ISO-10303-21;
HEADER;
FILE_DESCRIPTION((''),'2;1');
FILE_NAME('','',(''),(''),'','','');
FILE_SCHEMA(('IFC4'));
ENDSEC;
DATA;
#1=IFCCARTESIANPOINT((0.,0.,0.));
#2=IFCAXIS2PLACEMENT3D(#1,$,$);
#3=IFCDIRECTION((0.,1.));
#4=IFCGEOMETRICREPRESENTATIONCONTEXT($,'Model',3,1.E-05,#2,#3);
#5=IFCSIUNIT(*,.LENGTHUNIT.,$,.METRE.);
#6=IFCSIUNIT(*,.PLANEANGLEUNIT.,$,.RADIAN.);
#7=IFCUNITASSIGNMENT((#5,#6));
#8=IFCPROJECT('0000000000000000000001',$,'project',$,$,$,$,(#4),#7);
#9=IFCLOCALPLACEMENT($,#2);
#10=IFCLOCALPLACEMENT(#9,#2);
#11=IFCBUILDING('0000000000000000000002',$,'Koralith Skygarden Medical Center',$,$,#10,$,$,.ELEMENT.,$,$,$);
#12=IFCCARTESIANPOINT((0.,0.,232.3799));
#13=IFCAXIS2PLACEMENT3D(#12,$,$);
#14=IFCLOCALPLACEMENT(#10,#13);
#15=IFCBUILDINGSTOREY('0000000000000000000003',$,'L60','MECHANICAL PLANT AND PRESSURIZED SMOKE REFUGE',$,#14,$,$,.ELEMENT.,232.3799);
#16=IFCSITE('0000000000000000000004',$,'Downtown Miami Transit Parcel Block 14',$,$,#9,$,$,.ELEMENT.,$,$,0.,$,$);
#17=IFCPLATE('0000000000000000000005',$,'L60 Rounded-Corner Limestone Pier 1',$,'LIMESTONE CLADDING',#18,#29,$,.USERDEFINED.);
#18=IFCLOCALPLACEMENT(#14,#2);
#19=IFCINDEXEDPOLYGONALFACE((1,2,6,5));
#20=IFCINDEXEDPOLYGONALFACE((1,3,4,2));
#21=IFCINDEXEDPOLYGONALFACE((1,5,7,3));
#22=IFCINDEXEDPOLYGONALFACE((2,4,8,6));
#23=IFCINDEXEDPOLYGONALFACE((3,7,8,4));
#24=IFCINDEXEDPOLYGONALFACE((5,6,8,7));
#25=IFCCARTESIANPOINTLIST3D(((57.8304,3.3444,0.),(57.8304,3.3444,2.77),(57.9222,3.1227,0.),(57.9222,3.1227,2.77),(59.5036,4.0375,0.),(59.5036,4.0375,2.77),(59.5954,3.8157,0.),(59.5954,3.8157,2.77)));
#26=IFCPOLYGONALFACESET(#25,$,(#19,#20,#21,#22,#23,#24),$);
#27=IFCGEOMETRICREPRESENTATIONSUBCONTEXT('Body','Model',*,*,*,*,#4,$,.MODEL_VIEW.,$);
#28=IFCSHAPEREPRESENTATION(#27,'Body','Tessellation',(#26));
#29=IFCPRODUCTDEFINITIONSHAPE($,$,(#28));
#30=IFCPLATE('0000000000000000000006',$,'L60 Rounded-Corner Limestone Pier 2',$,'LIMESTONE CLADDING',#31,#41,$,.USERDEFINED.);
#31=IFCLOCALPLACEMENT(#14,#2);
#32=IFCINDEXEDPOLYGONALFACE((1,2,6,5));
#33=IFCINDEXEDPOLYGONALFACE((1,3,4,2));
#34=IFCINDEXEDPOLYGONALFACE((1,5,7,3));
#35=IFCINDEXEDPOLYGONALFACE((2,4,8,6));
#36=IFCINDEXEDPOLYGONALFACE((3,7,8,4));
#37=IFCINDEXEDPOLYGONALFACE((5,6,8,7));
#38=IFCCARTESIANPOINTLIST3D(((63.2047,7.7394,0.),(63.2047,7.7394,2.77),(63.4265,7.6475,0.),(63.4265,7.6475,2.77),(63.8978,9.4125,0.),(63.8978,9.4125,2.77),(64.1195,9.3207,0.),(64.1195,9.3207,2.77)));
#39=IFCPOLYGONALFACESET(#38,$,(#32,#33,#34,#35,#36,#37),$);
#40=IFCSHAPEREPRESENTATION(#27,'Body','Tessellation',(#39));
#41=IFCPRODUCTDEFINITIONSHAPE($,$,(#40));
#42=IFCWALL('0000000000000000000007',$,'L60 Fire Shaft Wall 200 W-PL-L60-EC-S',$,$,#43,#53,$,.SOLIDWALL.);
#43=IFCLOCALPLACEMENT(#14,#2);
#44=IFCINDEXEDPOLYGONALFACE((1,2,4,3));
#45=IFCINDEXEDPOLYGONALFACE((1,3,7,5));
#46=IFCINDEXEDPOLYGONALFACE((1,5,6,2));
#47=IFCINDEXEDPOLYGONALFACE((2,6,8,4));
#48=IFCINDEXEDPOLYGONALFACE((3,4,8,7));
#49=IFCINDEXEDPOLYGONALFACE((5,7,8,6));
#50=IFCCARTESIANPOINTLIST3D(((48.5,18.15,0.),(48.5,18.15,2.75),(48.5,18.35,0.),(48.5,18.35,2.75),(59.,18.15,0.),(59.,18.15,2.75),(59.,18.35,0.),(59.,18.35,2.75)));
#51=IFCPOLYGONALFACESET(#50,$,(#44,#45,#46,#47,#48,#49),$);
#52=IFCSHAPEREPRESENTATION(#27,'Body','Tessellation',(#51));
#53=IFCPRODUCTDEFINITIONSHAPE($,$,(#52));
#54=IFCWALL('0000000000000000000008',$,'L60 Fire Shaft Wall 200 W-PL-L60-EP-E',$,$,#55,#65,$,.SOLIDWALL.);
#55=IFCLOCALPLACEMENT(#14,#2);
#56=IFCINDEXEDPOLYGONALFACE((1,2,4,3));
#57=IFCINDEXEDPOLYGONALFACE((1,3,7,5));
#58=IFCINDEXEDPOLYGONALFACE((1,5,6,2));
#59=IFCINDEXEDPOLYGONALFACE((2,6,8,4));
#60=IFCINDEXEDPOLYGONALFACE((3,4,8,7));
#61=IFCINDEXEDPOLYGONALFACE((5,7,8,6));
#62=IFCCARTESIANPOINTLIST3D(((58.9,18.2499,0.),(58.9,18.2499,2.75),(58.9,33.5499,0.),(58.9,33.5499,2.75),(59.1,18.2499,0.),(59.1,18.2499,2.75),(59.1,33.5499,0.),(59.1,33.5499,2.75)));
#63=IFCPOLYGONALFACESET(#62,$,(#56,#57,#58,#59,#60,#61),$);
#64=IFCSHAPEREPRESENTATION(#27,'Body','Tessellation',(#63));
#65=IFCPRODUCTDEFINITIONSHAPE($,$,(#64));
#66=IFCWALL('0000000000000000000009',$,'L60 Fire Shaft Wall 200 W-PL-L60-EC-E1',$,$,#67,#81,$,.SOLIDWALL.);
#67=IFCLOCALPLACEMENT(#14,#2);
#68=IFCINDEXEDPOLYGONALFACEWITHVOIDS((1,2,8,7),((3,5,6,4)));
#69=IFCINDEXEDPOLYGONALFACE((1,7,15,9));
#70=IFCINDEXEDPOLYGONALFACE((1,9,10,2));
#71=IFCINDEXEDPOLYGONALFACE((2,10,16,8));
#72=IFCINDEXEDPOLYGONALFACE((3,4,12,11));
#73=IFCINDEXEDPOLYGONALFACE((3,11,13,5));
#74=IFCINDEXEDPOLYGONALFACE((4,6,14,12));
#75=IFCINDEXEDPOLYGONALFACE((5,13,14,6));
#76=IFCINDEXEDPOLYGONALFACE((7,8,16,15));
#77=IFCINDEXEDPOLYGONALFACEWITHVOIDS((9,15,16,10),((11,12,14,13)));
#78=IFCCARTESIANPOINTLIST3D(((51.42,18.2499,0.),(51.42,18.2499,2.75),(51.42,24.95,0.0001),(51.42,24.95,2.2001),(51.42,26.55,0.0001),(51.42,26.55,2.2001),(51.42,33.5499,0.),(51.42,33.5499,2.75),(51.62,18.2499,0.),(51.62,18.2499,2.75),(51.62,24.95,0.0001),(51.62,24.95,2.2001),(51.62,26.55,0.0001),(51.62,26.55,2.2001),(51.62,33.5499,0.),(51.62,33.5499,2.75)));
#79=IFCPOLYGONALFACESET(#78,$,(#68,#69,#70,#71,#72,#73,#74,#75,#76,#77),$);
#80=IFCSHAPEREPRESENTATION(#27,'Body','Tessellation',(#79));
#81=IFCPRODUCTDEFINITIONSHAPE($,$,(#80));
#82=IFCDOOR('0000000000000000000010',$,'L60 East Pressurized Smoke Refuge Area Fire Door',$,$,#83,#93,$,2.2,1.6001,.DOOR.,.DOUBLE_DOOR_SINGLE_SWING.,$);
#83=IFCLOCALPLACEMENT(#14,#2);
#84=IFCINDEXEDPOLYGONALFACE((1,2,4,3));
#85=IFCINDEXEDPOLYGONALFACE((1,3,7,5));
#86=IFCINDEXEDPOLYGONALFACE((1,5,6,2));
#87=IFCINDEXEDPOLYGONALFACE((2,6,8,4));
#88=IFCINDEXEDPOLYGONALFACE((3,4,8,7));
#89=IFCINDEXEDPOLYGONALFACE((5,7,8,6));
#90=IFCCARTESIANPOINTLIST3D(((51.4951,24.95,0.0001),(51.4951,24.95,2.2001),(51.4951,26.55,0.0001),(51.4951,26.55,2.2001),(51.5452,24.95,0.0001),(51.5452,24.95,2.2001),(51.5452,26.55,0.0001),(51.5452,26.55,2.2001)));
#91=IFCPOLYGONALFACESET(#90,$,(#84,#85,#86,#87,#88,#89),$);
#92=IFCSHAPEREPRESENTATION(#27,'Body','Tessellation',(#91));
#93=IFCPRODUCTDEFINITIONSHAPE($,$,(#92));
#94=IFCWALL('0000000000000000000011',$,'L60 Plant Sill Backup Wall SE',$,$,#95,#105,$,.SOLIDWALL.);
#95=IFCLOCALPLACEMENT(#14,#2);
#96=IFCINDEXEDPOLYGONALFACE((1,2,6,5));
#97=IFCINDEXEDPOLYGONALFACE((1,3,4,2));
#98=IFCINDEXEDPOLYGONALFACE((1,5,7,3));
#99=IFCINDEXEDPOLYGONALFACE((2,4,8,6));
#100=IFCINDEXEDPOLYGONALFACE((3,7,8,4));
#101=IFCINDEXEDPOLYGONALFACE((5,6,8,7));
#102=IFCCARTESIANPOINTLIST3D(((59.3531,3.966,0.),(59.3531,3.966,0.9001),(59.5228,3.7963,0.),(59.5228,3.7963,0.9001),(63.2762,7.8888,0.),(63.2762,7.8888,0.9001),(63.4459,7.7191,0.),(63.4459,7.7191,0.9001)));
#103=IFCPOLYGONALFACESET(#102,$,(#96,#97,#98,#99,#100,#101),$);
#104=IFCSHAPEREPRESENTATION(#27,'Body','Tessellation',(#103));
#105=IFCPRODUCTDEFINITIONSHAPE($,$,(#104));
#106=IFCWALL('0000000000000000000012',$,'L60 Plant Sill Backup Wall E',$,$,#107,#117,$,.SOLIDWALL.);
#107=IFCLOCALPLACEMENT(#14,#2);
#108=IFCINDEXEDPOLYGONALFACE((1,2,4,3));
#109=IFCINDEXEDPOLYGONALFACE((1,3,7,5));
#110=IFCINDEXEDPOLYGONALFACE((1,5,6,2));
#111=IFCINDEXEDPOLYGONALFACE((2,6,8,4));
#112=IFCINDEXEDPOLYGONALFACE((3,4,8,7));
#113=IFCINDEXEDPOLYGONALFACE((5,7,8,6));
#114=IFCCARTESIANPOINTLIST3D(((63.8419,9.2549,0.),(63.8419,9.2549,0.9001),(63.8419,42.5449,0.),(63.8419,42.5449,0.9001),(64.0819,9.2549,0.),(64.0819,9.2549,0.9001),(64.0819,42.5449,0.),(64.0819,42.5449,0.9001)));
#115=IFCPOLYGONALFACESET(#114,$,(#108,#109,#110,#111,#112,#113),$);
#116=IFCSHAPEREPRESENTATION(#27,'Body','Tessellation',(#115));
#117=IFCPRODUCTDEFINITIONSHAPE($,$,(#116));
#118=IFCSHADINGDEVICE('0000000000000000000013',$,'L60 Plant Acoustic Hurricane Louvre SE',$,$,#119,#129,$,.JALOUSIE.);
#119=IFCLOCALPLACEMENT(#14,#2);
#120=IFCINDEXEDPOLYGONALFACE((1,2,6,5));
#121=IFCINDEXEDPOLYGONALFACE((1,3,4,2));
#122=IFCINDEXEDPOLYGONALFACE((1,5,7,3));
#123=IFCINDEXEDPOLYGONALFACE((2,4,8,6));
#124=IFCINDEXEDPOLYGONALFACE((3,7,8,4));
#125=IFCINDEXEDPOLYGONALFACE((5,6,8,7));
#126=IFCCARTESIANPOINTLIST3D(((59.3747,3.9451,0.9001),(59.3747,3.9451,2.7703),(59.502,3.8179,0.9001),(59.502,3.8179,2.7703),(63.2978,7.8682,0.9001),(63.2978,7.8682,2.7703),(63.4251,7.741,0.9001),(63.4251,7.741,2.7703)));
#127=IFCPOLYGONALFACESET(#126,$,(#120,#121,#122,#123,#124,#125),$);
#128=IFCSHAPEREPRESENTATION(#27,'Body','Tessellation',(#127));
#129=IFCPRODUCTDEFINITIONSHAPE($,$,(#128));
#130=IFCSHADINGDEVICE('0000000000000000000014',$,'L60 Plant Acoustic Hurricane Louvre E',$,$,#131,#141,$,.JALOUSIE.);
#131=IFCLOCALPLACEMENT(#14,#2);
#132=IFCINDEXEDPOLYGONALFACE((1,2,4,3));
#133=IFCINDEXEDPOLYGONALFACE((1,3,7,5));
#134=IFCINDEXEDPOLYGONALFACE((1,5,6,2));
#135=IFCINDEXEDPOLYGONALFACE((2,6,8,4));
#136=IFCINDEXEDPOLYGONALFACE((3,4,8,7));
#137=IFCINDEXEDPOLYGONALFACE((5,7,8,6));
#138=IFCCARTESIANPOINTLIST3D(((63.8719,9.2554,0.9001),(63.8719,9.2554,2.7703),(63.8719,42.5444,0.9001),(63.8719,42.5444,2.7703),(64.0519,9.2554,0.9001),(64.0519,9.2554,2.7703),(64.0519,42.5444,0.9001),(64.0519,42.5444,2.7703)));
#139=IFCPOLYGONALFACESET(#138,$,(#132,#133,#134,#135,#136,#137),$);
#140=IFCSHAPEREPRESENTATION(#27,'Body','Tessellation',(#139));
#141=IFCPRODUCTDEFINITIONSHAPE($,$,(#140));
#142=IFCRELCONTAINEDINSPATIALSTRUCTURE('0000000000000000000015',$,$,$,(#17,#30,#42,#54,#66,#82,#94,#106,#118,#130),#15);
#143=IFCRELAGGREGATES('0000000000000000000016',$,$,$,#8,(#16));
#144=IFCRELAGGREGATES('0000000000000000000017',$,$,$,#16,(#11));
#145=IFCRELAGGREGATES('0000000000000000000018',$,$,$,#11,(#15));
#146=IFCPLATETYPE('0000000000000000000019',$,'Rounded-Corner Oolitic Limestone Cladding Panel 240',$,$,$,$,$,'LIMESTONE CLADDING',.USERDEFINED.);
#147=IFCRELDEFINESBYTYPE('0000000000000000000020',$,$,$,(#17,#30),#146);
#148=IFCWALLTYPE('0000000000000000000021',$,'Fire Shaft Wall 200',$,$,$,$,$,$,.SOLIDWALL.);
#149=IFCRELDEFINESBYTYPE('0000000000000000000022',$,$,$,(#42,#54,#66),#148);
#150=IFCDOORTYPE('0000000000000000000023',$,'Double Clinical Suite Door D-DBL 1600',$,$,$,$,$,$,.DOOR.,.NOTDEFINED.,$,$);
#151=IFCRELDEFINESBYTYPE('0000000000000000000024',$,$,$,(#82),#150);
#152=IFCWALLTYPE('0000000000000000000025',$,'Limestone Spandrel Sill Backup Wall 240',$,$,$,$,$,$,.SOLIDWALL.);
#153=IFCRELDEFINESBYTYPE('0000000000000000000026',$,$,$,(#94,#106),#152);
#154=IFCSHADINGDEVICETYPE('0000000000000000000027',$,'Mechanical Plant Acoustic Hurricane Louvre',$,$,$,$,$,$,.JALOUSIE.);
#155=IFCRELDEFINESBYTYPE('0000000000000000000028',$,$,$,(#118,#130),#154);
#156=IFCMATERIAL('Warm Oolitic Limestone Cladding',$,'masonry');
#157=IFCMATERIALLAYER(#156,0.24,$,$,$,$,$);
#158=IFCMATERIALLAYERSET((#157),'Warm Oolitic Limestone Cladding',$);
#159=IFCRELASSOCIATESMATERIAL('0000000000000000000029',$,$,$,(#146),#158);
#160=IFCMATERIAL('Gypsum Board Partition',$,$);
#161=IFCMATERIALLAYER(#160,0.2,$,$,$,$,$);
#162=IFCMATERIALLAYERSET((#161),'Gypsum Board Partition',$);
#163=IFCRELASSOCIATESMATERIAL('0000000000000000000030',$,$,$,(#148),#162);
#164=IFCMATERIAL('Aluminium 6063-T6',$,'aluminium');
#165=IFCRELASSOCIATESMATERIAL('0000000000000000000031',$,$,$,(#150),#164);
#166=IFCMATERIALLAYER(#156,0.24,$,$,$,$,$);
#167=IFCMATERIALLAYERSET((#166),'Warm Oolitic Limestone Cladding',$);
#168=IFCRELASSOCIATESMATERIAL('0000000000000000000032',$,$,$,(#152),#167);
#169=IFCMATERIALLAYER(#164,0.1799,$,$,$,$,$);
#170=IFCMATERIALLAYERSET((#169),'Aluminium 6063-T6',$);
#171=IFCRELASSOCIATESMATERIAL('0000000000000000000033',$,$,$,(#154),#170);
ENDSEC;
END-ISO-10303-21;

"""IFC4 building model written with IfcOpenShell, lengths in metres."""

from ifc_helpers import new_model, si_unit, direction, frame, frame_2d, origin, origin_2d, place, context, subcontext, project, spatial, rectangle, extrude, material, layer, layer_set, type_object, element, fill, save


model = new_model("IFC4")

# Units and contexts
model_context = context("Model", 3, precision=1e-05, world=origin(), true_north=direction((0.0, 1.0)))
body_context = subcontext(model_context, "Body", "Model", "MODEL_VIEW")
ifc_project = project(units=[si_unit("LENGTHUNIT", "METRE"), si_unit("PLANEANGLEUNIT", "RADIAN")], contexts=[model_context])

# Site, building, storey
site_placement = place(None, origin())
site = spatial("IfcSite", under=ifc_project, at=site_placement, Name="Downtown Miami Transit Parcel Block 14", CompositionType="ELEMENT", RefElevation=0.0)
building_placement = place(site_placement, origin())
building = spatial("IfcBuilding", under=site, at=building_placement, Name="Koralith Skygarden Medical Center", CompositionType="ELEMENT")
storey_placement = place(building_placement, frame((0.0, 0.0, 232.3799)))
storey = spatial("IfcBuildingStorey", under=building, at=storey_placement, Name="L60", Description="MECHANICAL PLANT AND PRESSURIZED SMOKE REFUGE", CompositionType="ELEMENT", Elevation=232.3799)

# Plates
ifc_material_1 = material(Name="Warm Oolitic Limestone Cladding", Category="masonry")
ifc_layer_1 = layer(ifc_material_1, 0.24)
ifc_layer_set_1 = layer_set([ifc_layer_1], Name="Warm Oolitic Limestone Cladding")
plate_type_1 = type_object("IfcPlateType", Name="Rounded-Corner Oolitic Limestone Cladding Panel 240", ElementType="LIMESTONE CLADDING", PredefinedType="USERDEFINED", material=ifc_layer_set_1)
for number, where, z_axis, x_axis, name in (
    (1, (58.7129, 3.5801, 0.0), (0.0, 0.0, 1.0), (0.923885, 0.382671, 0.0), "L60 Rounded-Corner Limestone Pier 1"),
    (2, (63.6621, 8.53, 0.0), (0.0, 0.0, 1.0), (0.382671, 0.923885, 0.0), "L60 Rounded-Corner Limestone Pier 2"),
):
    element("IfcPlate", number, at=place(storey_placement, frame(where, z_axis=z_axis, x_axis=x_axis)), inside=storey, type_object=plate_type_1, Name=name, ObjectType="LIMESTONE CLADDING", PredefinedType="USERDEFINED", context=body_context, shape_type="SweptSolid", body=[
        extrude(rectangle(XDim=1.811, YDim=0.24, at=origin_2d()), origin(), (0.0, 0.0, 1.0), 2.77),
    ])

# Walls
ifc_material_2 = material(Name="Gypsum Board Partition")
ifc_layer_2 = layer(ifc_material_2, 0.2)
ifc_layer_set_2 = layer_set([ifc_layer_2], Name="Gypsum Board Partition")
wall_type_1 = type_object("IfcWallType", Name="Fire Shaft Wall 200", PredefinedType="SOLIDWALL", material=ifc_layer_set_2)
wall_1_placement = place(storey_placement, frame((48.5, 18.25, 0.0), z_axis=(0.0, 0.0, 1.0), x_axis=(1.0, 0.0, 0.0)))
element("IfcWall", 3, at=wall_1_placement, inside=storey, type_object=wall_type_1, Name="L60 Fire Shaft Wall 200 W-PL-L60-EC-S", PredefinedType="SOLIDWALL", context=body_context, shape_type="SweptSolid", body=[
    extrude(rectangle(XDim=10.5, YDim=0.2, at=frame_2d((5.25, 0.0))), origin(), (0.0, 0.0, 1.0), 2.75),
])
wall_2_placement = place(storey_placement, frame((59.0, 18.25, 0.0), z_axis=(0.0, 0.0, 1.0), x_axis=(0.0, 1.0, 0.0)))
element("IfcWall", 4, at=wall_2_placement, inside=storey, type_object=wall_type_1, Name="L60 Fire Shaft Wall 200 W-PL-L60-EP-E", PredefinedType="SOLIDWALL", context=body_context, shape_type="SweptSolid", body=[
    extrude(rectangle(XDim=15.3, YDim=0.2, at=frame_2d((7.6499, 0.0))), origin(), (0.0, 0.0, 1.0), 2.75),
])

# Wall, opening, door
wall_3_placement = place(storey_placement, frame((51.52, 18.25, 0.0), z_axis=(0.0, 0.0, 1.0), x_axis=(0.0, 1.0, 0.0)))
wall_3 = element("IfcWall", 5, at=wall_3_placement, inside=storey, type_object=wall_type_1, Name="L60 Fire Shaft Wall 200 W-PL-L60-EC-E1", PredefinedType="SOLIDWALL", context=body_context, shape_type="SweptSolid", body=[
    extrude(rectangle(XDim=15.3, YDim=0.2, at=frame_2d((7.6499, 0.0))), origin(), (0.0, 0.0, 1.0), 2.75),
])
opening_placement = place(wall_3_placement, frame((6.7, 0.0, 0.0)))
opening = element("IfcOpeningElement", 6, at=opening_placement, cuts=wall_3, PredefinedType="OPENING", context=body_context, shape_type="SweptSolid", body=[
    extrude(rectangle(XDim=1.6001, YDim=2.2, at=frame_2d((0.8, 1.1001))), frame((0.0, 0.1099, 0.0), z_axis=(0.0, -1.0, 0.0), x_axis=(1.0, 0.0, 0.0)), (0.0, 0.0, 1.0), 0.22),
])
ifc_material_3 = material(Name="Aluminium 6063-T6", Category="aluminium")
door_type = type_object("IfcDoorType", Name="Double Clinical Suite Door D-DBL 1600", OperationType="NOTDEFINED", PredefinedType="DOOR", material=ifc_material_3)
door_placement = place(opening_placement, origin())
door = element("IfcDoor", 7, at=door_placement, inside=storey, type_object=door_type, Name="L60 East Pressurized Smoke Refuge Area Fire Door", OperationType="DOUBLE_DOOR_SINGLE_SWING", OverallHeight=2.2, OverallWidth=1.6001, PredefinedType="DOOR", context=body_context, shape_type="SweptSolid", body=[
    extrude(rectangle(XDim=1.6001, YDim=2.2, at=frame_2d((0.8, 1.1001))), frame((0.0, 0.0249, 0.0), z_axis=(0.0, -1.0, 0.0), x_axis=(1.0, 0.0, 0.0)), (0.0, 0.0, 1.0), 0.05),
])
fill(opening, door)

# Walls
ifc_layer_3 = layer(ifc_material_1, 0.24)
ifc_layer_set_3 = layer_set([ifc_layer_3], Name="Warm Oolitic Limestone Cladding")
wall_type_2 = type_object("IfcWallType", Name="Limestone Spandrel Sill Backup Wall 240", PredefinedType="SOLIDWALL", material=ifc_layer_set_3)
wall_4_placement = place(storey_placement, frame((59.438, 3.8811, 0.0), z_axis=(0.0, 0.0, 1.0), x_axis=(0.707129, 0.707085, 0.0)))
element("IfcWall", 8, at=wall_4_placement, inside=storey, type_object=wall_type_2, Name="L60 Plant Sill Backup Wall SE", PredefinedType="SOLIDWALL", context=body_context, shape_type="SweptSolid", body=[
    extrude(rectangle(XDim=5.5479, YDim=0.24, at=frame_2d((2.7739, 0.0))), origin(), (0.0, 0.0, 1.0), 0.9001),
])
wall_5_placement = place(storey_placement, frame((63.9619, 9.2549, 0.0), z_axis=(0.0, 0.0, 1.0), x_axis=(0.0, 1.0, 0.0)))
element("IfcWall", 9, at=wall_5_placement, inside=storey, type_object=wall_type_2, Name="L60 Plant Sill Backup Wall E", PredefinedType="SOLIDWALL", context=body_context, shape_type="SweptSolid", body=[
    extrude(rectangle(XDim=33.29, YDim=0.24, at=frame_2d((16.645, 0.0))), origin(), (0.0, 0.0, 1.0), 0.9001),
])

# Shading devices
ifc_layer_4 = layer(ifc_material_3, 0.1799)
ifc_layer_set_4 = layer_set([ifc_layer_4], Name="Aluminium 6063-T6")
shading_device_type = type_object("IfcShadingDeviceType", Name="Mechanical Plant Acoustic Hurricane Louvre", PredefinedType="JALOUSIE", material=ifc_layer_set_4)
shading_device_1_placement = place(storey_placement, frame((61.3999, 5.843, 0.9001), z_axis=(0.0, 0.0, 1.0), x_axis=(0.707107, 0.707107, 0.0)))
element("IfcShadingDevice", 10, at=shading_device_1_placement, inside=storey, type_object=shading_device_type, Name="L60 Plant Acoustic Hurricane Louvre SE", PredefinedType="JALOUSIE", context=body_context, shape_type="SweptSolid", body=[
    extrude(rectangle(XDim=5.5481, YDim=0.1799, at=origin_2d()), origin(), (0.0, 0.0, 1.0), 1.8701),
])
shading_device_2_placement = place(storey_placement, frame((63.9619, 25.8999, 0.9001), z_axis=(0.0, 0.0, 1.0), x_axis=(0.0, 1.0, 0.0)))
element("IfcShadingDevice", 11, at=shading_device_2_placement, inside=storey, type_object=shading_device_type, Name="L60 Plant Acoustic Hurricane Louvre E", PredefinedType="JALOUSIE", context=body_context, shape_type="SweptSolid", body=[
    extrude(rectangle(XDim=33.2891, YDim=0.1799, at=origin_2d()), origin(), (0.0, 0.0, 1.0), 1.8701),
])

save(model, "model.ifc")
